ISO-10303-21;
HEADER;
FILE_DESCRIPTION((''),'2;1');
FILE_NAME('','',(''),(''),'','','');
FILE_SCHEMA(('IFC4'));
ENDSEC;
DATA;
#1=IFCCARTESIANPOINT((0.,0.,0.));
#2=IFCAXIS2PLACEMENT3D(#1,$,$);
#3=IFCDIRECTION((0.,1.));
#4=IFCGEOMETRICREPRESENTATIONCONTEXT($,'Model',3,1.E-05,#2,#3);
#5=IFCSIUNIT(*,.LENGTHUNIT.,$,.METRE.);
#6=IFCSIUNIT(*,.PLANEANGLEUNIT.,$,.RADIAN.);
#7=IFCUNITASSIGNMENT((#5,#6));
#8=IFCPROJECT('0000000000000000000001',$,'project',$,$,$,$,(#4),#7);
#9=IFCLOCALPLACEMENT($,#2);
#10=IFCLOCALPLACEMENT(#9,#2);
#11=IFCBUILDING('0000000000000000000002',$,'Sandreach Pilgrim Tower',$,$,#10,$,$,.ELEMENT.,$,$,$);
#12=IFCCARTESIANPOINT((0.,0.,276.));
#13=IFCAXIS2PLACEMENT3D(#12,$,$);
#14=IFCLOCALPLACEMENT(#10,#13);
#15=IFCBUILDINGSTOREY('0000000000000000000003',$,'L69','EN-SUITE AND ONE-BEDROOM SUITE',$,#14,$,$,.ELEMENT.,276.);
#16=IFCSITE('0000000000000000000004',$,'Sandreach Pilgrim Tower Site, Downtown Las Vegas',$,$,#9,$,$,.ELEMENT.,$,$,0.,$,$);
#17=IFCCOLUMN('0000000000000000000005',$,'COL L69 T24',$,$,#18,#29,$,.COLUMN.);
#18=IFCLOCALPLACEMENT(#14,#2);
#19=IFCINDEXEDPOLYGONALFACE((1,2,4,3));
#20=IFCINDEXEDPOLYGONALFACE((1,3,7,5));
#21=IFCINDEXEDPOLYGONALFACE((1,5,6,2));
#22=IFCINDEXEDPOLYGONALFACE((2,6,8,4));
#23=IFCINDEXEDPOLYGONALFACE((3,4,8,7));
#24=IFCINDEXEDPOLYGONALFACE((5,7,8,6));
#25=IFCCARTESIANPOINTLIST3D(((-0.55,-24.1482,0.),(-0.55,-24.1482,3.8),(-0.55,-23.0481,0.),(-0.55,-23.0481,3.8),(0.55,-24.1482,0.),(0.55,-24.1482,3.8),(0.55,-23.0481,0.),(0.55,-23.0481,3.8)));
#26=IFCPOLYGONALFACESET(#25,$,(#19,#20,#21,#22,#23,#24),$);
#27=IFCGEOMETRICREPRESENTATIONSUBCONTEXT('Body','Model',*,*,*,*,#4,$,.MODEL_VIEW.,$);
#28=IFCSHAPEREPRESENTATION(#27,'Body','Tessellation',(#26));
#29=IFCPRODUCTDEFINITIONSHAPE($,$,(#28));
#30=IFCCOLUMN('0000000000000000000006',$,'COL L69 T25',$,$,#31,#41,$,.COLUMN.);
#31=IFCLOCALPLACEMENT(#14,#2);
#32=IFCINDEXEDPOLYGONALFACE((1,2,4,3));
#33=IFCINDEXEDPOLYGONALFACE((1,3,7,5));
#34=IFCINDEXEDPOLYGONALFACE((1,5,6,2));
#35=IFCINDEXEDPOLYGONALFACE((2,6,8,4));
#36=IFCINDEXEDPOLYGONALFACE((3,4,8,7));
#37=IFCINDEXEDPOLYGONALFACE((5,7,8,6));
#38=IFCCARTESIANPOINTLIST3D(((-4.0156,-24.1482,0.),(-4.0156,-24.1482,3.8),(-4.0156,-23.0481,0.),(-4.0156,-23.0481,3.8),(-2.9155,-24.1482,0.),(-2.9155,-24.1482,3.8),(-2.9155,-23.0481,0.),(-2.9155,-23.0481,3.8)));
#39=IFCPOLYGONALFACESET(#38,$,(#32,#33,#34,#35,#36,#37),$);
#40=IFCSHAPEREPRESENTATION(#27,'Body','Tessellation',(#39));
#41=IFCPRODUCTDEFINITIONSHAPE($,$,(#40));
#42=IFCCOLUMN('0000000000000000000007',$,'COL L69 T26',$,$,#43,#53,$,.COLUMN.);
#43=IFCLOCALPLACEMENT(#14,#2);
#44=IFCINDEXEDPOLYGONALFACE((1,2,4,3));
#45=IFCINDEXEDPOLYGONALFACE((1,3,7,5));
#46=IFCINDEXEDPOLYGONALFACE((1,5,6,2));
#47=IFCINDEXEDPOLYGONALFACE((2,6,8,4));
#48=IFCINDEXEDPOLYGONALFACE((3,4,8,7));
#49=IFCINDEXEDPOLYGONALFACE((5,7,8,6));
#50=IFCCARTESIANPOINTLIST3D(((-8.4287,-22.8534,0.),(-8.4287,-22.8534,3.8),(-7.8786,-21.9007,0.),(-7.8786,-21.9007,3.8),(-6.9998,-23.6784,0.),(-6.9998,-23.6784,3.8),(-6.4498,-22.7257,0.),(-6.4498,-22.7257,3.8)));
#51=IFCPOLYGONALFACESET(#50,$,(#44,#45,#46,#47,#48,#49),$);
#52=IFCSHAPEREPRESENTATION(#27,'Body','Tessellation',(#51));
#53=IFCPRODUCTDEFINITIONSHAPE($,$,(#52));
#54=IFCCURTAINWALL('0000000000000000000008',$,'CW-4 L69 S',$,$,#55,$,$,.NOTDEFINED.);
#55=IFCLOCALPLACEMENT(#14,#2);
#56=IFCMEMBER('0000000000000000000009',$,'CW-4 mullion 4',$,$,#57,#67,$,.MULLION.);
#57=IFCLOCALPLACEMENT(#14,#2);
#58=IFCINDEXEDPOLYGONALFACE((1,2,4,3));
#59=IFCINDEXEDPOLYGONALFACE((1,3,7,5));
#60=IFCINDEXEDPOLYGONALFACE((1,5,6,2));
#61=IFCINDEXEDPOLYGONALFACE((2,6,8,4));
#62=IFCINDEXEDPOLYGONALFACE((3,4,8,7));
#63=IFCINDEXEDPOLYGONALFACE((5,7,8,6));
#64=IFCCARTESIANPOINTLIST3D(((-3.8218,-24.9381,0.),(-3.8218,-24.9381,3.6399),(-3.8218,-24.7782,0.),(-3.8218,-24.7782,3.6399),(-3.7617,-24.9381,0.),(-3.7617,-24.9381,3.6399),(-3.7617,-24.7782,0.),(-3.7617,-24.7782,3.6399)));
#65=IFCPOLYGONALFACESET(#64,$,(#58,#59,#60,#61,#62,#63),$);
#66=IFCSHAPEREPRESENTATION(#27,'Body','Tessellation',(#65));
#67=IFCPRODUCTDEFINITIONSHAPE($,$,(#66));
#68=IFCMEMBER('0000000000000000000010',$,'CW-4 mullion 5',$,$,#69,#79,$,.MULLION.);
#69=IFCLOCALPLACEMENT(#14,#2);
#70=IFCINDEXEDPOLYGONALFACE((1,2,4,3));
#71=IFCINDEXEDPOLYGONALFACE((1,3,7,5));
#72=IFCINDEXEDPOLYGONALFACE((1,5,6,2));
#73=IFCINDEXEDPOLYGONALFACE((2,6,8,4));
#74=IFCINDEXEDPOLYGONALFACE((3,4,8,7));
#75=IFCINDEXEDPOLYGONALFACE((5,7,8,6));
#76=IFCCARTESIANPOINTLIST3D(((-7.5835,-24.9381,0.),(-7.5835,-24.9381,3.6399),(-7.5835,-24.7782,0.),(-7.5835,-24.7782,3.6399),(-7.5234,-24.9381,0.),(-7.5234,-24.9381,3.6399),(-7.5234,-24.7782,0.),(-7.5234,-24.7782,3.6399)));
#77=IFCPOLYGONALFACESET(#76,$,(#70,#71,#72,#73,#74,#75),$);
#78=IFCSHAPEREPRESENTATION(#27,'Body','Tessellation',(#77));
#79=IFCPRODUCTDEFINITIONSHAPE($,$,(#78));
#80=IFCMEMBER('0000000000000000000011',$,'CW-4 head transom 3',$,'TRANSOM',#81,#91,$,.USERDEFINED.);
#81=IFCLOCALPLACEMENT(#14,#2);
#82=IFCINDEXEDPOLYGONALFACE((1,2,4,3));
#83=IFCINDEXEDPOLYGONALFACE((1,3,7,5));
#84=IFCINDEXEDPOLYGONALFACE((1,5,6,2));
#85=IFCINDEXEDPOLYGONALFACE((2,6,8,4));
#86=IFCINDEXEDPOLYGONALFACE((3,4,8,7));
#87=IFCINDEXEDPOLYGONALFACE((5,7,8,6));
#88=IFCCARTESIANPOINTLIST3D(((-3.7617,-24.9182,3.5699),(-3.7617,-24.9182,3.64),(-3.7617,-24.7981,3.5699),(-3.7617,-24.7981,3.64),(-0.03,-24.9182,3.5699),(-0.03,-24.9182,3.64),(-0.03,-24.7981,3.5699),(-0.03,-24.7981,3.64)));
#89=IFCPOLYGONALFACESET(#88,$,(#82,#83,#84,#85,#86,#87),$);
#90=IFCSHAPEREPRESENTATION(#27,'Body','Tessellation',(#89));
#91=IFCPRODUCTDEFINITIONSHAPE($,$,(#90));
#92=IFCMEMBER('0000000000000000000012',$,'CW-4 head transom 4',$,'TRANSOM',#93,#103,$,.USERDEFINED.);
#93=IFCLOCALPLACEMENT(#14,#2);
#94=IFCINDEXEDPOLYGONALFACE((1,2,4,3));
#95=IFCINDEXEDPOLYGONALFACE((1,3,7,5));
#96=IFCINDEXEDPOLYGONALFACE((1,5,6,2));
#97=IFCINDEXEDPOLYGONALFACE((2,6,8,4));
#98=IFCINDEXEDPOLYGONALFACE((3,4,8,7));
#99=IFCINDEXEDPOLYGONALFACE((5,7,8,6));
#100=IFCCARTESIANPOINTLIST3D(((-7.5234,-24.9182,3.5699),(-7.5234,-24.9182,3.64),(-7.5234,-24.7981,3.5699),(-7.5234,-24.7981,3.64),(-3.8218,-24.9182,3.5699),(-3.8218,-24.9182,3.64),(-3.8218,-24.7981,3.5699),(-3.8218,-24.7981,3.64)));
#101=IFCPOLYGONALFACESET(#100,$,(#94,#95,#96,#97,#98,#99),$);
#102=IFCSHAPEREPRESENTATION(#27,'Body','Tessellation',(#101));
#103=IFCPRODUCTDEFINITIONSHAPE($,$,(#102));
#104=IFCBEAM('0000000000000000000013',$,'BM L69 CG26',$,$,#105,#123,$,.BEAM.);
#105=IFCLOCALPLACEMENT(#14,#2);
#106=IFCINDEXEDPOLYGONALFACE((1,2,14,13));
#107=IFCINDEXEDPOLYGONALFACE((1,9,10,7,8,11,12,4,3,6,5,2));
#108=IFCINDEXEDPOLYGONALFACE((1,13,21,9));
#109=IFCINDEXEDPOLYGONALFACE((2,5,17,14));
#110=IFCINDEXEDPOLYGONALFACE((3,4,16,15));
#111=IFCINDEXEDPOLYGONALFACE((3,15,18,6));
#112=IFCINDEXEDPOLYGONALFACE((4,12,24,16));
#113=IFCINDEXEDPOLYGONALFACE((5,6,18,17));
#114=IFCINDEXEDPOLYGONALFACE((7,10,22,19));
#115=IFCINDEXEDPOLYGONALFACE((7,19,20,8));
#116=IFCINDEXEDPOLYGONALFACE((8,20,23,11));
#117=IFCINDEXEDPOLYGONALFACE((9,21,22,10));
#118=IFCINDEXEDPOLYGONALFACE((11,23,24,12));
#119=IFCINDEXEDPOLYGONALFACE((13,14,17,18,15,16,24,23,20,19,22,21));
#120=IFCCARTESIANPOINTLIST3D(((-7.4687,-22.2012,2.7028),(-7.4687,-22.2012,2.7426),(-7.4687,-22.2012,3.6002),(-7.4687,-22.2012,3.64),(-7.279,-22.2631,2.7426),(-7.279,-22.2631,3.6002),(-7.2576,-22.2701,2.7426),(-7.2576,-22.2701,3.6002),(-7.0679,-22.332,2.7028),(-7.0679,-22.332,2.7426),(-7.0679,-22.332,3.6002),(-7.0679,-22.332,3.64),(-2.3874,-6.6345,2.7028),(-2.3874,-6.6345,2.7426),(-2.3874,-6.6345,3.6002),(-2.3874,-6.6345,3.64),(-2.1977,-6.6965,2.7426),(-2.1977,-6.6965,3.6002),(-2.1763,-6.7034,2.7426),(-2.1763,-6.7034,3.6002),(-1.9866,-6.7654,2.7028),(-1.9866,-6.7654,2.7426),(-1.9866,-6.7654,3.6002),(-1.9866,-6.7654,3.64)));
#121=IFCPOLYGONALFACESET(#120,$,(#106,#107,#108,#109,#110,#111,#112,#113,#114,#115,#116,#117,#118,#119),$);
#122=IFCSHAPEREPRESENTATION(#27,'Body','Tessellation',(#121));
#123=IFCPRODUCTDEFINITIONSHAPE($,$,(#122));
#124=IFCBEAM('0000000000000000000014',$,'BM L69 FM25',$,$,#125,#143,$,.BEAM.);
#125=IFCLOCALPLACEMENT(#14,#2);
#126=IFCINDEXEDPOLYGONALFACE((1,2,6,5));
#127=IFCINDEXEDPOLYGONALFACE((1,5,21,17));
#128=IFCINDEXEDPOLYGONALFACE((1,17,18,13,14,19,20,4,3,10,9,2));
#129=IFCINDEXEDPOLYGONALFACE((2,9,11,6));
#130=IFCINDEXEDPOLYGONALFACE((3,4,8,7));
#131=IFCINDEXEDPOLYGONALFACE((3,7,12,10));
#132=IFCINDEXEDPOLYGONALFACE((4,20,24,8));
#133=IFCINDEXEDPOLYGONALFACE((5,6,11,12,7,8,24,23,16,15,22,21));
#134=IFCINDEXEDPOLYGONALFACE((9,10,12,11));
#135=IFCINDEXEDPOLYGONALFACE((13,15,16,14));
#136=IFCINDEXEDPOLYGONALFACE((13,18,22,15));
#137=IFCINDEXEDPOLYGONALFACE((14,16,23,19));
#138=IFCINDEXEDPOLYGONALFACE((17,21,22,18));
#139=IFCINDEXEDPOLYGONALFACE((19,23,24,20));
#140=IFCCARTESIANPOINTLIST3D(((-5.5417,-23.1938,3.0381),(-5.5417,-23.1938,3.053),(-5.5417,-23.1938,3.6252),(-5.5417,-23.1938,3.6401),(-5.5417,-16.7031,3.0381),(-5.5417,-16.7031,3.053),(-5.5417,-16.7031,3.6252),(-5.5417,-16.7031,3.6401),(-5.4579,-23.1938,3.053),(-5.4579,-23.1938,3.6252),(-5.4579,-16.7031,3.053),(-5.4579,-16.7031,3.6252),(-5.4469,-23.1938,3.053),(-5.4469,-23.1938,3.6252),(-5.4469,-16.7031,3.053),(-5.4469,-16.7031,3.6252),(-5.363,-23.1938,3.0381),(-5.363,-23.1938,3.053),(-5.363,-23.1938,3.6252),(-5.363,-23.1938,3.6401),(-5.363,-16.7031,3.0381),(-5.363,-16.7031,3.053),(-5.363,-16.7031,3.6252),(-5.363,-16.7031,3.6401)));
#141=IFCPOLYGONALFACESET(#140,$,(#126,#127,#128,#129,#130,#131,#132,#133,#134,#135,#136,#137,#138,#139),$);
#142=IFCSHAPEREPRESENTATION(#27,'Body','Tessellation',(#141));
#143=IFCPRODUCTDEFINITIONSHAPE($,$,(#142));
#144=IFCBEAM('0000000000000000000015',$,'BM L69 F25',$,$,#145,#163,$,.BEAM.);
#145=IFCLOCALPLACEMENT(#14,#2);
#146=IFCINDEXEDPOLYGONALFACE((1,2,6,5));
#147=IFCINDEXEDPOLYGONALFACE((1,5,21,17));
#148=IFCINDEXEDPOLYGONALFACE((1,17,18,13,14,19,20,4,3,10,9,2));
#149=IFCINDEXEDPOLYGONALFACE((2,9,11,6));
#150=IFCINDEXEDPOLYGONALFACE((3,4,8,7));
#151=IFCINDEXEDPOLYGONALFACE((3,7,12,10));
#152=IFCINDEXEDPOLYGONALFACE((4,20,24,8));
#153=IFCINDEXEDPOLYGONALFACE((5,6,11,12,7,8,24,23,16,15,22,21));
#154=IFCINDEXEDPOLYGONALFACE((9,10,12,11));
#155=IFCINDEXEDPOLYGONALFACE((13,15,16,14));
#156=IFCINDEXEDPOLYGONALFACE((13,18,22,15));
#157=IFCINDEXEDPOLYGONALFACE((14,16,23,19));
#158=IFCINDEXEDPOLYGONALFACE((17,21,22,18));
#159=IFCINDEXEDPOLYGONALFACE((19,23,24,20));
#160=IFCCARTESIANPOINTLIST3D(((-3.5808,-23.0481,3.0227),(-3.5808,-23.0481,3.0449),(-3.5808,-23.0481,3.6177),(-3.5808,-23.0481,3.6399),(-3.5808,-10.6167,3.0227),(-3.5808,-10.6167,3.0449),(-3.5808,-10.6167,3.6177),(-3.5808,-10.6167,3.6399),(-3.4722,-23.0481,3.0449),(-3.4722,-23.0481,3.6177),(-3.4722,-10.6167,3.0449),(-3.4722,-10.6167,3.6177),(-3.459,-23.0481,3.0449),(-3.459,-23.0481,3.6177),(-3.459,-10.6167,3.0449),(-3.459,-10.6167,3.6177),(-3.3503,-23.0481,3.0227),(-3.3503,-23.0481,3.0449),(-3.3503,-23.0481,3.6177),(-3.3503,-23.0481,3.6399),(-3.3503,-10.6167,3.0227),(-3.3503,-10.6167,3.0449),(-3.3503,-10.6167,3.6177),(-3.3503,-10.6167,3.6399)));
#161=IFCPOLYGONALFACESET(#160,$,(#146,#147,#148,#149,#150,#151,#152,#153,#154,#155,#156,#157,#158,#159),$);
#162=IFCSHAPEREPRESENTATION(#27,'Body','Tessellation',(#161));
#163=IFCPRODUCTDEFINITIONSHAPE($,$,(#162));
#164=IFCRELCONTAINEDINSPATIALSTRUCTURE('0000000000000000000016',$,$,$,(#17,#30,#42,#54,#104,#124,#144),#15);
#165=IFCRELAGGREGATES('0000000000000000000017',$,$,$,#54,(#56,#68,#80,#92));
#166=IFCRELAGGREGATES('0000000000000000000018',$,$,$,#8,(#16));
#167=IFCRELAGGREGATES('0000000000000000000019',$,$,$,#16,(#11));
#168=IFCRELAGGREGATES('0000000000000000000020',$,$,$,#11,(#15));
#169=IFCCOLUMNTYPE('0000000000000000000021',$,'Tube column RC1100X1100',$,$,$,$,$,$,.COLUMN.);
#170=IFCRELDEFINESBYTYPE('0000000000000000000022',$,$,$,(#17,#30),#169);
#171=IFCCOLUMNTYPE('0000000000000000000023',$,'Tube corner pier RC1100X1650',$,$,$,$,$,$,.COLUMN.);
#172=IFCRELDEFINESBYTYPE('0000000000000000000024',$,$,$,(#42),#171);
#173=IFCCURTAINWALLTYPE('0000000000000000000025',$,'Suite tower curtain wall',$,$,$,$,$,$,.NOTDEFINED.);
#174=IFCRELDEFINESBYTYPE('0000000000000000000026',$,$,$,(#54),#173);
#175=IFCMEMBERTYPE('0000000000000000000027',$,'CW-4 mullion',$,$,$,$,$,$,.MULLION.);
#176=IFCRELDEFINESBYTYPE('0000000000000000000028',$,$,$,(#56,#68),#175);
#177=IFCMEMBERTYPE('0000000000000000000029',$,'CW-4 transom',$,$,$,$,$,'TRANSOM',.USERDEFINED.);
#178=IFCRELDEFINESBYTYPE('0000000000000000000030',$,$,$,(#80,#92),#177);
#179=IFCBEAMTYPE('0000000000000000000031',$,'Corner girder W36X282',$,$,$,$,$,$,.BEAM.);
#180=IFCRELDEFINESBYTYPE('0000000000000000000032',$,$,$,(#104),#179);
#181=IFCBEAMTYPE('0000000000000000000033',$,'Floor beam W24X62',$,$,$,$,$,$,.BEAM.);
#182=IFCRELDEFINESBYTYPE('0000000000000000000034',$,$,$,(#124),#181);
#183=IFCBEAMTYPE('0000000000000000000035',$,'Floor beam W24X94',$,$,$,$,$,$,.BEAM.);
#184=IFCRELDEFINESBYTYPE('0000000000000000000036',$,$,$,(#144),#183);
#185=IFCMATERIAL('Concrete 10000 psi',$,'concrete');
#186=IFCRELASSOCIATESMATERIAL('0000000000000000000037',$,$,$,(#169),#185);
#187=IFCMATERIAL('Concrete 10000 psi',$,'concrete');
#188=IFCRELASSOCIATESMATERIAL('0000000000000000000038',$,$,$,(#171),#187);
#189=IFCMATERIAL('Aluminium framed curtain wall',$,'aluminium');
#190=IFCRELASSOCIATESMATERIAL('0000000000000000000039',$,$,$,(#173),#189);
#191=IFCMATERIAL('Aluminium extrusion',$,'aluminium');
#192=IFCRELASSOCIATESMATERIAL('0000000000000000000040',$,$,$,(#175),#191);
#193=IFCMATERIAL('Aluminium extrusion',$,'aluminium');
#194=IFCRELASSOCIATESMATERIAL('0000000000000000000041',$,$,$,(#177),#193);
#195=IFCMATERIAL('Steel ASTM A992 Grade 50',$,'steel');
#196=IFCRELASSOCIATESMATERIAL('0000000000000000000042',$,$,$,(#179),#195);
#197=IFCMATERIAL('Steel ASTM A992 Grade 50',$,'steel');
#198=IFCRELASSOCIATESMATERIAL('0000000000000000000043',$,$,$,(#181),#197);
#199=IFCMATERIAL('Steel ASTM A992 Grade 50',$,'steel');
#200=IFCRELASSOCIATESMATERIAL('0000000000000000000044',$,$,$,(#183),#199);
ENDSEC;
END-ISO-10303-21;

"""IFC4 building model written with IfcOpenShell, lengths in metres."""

from ifc_helpers import new_model, si_unit, direction, frame, origin, origin_2d, place, context, subcontext, project, spatial, rectangle, i_section, extrude, material, material_profile, profile_set, type_object, element, aggregate, save


model = new_model("IFC4")

# Units and contexts
model_context = context("Model", 3, precision=1e-05, world=origin(), true_north=direction((0.0, 1.0)))
body_context = subcontext(model_context, "Body", "Model", "MODEL_VIEW")
ifc_project = project(units=[si_unit("LENGTHUNIT", "METRE"), si_unit("PLANEANGLEUNIT", "RADIAN")], contexts=[model_context])

# Site, building, storey
site_placement = place(None, origin())
site = spatial("IfcSite", under=ifc_project, at=site_placement, Name="Sandreach Pilgrim Tower Site, Downtown Las Vegas", CompositionType="ELEMENT", RefElevation=0.0)
building_placement = place(site_placement, origin())
building = spatial("IfcBuilding", under=site, at=building_placement, Name="Sandreach Pilgrim Tower", CompositionType="ELEMENT")
storey_placement = place(building_placement, frame((0.0, 0.0, 276.0)))
storey = spatial("IfcBuildingStorey", under=building, at=storey_placement, Name="L69", Description="EN-SUITE AND ONE-BEDROOM SUITE", CompositionType="ELEMENT", Elevation=276.0)

# Columns
ifc_material_1 = material(Name="Concrete 10000 psi", Category="concrete")
ifc_material_profile_1 = material_profile(ifc_material_1, rectangle(XDim=1.1001, YDim=1.1001, at=origin_2d()), Name="RC1100X1100")
ifc_profile_set_1 = profile_set([ifc_material_profile_1], Name="Concrete 10000 psi")
column_type_1 = type_object("IfcColumnType", Name="Tube column RC1100X1100", PredefinedType="COLUMN", material=ifc_profile_set_1)
for number, where, z_axis, x_axis, name in (
    (1, (0.0, -23.5981, 0.0), (0.0, 0.0, 1.0), (0.0, -1.0, 0.0), "COL L69 T24"),
    (2, (-3.4656, -23.5981, 0.0), (0.0, 0.0, 1.0), (0.0, -1.0, 0.0), "COL L69 T25"),
):
    element("IfcColumn", number, at=place(storey_placement, frame(where, z_axis=z_axis, x_axis=x_axis)), inside=storey, type_object=column_type_1, Name=name, PredefinedType="COLUMN", context=body_context, shape_type="SweptSolid", body=[
        extrude(rectangle(XDim=1.1001, YDim=1.1001, at=origin_2d()), origin(), (0.0, 0.0, 1.0), 3.8),
    ])
ifc_material_2 = material(Name="Concrete 10000 psi", Category="concrete")
ifc_material_profile_2 = material_profile(ifc_material_2, rectangle(XDim=1.1001, YDim=1.6499, at=origin_2d()), Name="RC1100X1650")
ifc_profile_set_2 = profile_set([ifc_material_profile_2], Name="Concrete 10000 psi")
column_type_2 = type_object("IfcColumnType", Name="Tube corner pier RC1100X1650", PredefinedType="COLUMN", material=ifc_profile_set_2)
column_placement = place(storey_placement, frame((-7.4392, -22.7896, 0.0), z_axis=(0.0, 0.0, 1.0), x_axis=(-0.5, -0.866025, 0.0)))
element("IfcColumn", 3, at=column_placement, inside=storey, type_object=column_type_2, Name="COL L69 T26", PredefinedType="COLUMN", context=body_context, shape_type="SweptSolid", body=[
    extrude(rectangle(XDim=1.1001, YDim=1.6499, at=origin_2d()), origin(), (0.0, 0.0, 1.0), 3.8),
])

# Curtain wall, members
ifc_material_3 = material(Name="Aluminium framed curtain wall", Category="aluminium")
curtain_wall_type = type_object("IfcCurtainWallType", Name="Suite tower curtain wall", PredefinedType="NOTDEFINED", material=ifc_material_3)
curtain_wall_placement = place(storey_placement, origin())
curtain_wall = element("IfcCurtainWall", 4, at=curtain_wall_placement, inside=storey, type_object=curtain_wall_type, Name="CW-4 L69 S", PredefinedType="NOTDEFINED")
ifc_material_4 = material(Name="Aluminium extrusion", Category="aluminium")
ifc_material_profile_3 = material_profile(ifc_material_4, rectangle(XDim=0.0601, YDim=0.1599, at=origin_2d()), Name="CW-4M 60X160")
ifc_profile_set_3 = profile_set([ifc_material_profile_3], Name="Aluminium extrusion")
member_type_1 = type_object("IfcMemberType", Name="CW-4 mullion", PredefinedType="MULLION", material=ifc_profile_set_3)
member_1_placement = place(storey_placement, frame((-3.7917, -24.8582, 0.0), z_axis=(0.0, 0.0, 1.0), x_axis=(-1.0, 0.0, 0.0)))
member_1 = element("IfcMember", 5, at=member_1_placement, type_object=member_type_1, Name="CW-4 mullion 4", PredefinedType="MULLION", context=body_context, shape_type="SweptSolid", body=[
    extrude(rectangle(XDim=0.0601, YDim=0.1599, at=origin_2d()), origin(), (0.0, 0.0, 1.0), 3.6399),
])
member_2_placement = place(storey_placement, frame((-7.5535, -24.8582, 0.0), z_axis=(0.0, 0.0, 1.0), x_axis=(-1.0, 0.0, 0.0)))
member_2 = element("IfcMember", 6, at=member_2_placement, type_object=member_type_1, Name="CW-4 mullion 5", PredefinedType="MULLION", context=body_context, shape_type="SweptSolid", body=[
    extrude(rectangle(XDim=0.0601, YDim=0.1599, at=origin_2d()), origin(), (0.0, 0.0, 1.0), 3.6399),
])
ifc_material_5 = material(Name="Aluminium extrusion", Category="aluminium")
ifc_material_profile_4 = material_profile(ifc_material_5, rectangle(XDim=0.1201, YDim=0.0701, at=origin_2d()), Name="CW-4T 120X70")
ifc_profile_set_4 = profile_set([ifc_material_profile_4], Name="Aluminium extrusion")
member_type_2 = type_object("IfcMemberType", Name="CW-4 transom", ElementType="TRANSOM", PredefinedType="USERDEFINED", material=ifc_profile_set_4)
member_3_placement = place(storey_placement, frame((-0.03, -24.8582, 3.605), z_axis=(-1.0, 0.0, 0.0), x_axis=(0.0, -1.0, 0.0)))
member_3 = element("IfcMember", 7, at=member_3_placement, type_object=member_type_2, Name="CW-4 head transom 3", ObjectType="TRANSOM", PredefinedType="USERDEFINED", context=body_context, shape_type="SweptSolid", body=[
    extrude(rectangle(XDim=0.1201, YDim=0.0701, at=origin_2d()), origin(), (0.0, 0.0, 1.0), 3.7317),
])
member_4_placement = place(storey_placement, frame((-3.8218, -24.8582, 3.605), z_axis=(-1.0, 0.0, 0.0), x_axis=(0.0, -1.0, 0.0)))
member_4 = element("IfcMember", 8, at=member_4_placement, type_object=member_type_2, Name="CW-4 head transom 4", ObjectType="TRANSOM", PredefinedType="USERDEFINED", context=body_context, shape_type="SweptSolid", body=[
    extrude(rectangle(XDim=0.1201, YDim=0.0701, at=origin_2d()), origin(), (0.0, 0.0, 1.0), 3.7017),
])

# Beams
ifc_material_6 = material(Name="Steel ASTM A992 Grade 50", Category="steel")
ifc_material_profile_5 = material_profile(ifc_material_6, i_section(OverallWidth=0.4216, OverallDepth=0.9373, WebThickness=0.0225, FlangeThickness=0.0398, at=origin_2d()), Name="W36X282")
ifc_profile_set_5 = profile_set([ifc_material_profile_5], Name="Steel ASTM A992 Grade 50")
beam_type_1 = type_object("IfcBeamType", Name="Corner girder W36X282", PredefinedType="BEAM", material=ifc_profile_set_5)
beam_1_placement = place(storey_placement, frame((-7.2683, -22.2666, 3.1714), z_axis=(0.310309, 0.950636, 0.0), x_axis=(-0.950636, 0.310309, 0.0)))
element("IfcBeam", 9, at=beam_1_placement, inside=storey, type_object=beam_type_1, Name="BM L69 CG26", PredefinedType="BEAM", context=body_context, shape_type="SweptSolid", body=[
    extrude(i_section(OverallWidth=0.4216, OverallDepth=0.9373, WebThickness=0.0225, FlangeThickness=0.0398, at=origin_2d()), origin(), (0.0, 0.0, 1.0), 16.375),
])
ifc_material_7 = material(Name="Steel ASTM A992 Grade 50", Category="steel")
ifc_material_profile_6 = material_profile(ifc_material_7, i_section(OverallWidth=0.1787, OverallDepth=0.6021, WebThickness=0.011, FlangeThickness=0.0149, at=origin_2d()), Name="W24X62")
ifc_profile_set_6 = profile_set([ifc_material_profile_6], Name="Steel ASTM A992 Grade 50")
beam_type_2 = type_object("IfcBeamType", Name="Floor beam W24X62", PredefinedType="BEAM", material=ifc_profile_set_6)
beam_2_placement = place(storey_placement, frame((-5.4524, -23.1938, 3.3391), z_axis=(0.0, 1.0, 0.0), x_axis=(-1.0, 0.0, 0.0)))
element("IfcBeam", 10, at=beam_2_placement, inside=storey, type_object=beam_type_2, Name="BM L69 FM25", PredefinedType="BEAM", context=body_context, shape_type="SweptSolid", body=[
    extrude(i_section(OverallWidth=0.1787, OverallDepth=0.6021, WebThickness=0.011, FlangeThickness=0.0149, at=origin_2d()), origin(), (0.0, 0.0, 1.0), 6.4907),
])
ifc_material_8 = material(Name="Steel ASTM A992 Grade 50", Category="steel")
ifc_material_profile_7 = material_profile(ifc_material_8, i_section(OverallWidth=0.2305, OverallDepth=0.6172, WebThickness=0.0132, FlangeThickness=0.0222, at=origin_2d()), Name="W24X94")
ifc_profile_set_7 = profile_set([ifc_material_profile_7], Name="Steel ASTM A992 Grade 50")
beam_type_3 = type_object("IfcBeamType", Name="Floor beam W24X94", PredefinedType="BEAM", material=ifc_profile_set_7)
beam_3_placement = place(storey_placement, frame((-3.4656, -23.0481, 3.3313), z_axis=(0.0, 1.0, 0.0), x_axis=(-1.0, 0.0, 0.0)))
element("IfcBeam", 11, at=beam_3_placement, inside=storey, type_object=beam_type_3, Name="BM L69 F25", PredefinedType="BEAM", context=body_context, shape_type="SweptSolid", body=[
    extrude(i_section(OverallWidth=0.2305, OverallDepth=0.6172, WebThickness=0.0132, FlangeThickness=0.0222, at=origin_2d()), origin(), (0.0, 0.0, 1.0), 12.4314),
])

aggregate(curtain_wall, [member_1, member_2, member_3, member_4])

save(model, "model.ifc")
